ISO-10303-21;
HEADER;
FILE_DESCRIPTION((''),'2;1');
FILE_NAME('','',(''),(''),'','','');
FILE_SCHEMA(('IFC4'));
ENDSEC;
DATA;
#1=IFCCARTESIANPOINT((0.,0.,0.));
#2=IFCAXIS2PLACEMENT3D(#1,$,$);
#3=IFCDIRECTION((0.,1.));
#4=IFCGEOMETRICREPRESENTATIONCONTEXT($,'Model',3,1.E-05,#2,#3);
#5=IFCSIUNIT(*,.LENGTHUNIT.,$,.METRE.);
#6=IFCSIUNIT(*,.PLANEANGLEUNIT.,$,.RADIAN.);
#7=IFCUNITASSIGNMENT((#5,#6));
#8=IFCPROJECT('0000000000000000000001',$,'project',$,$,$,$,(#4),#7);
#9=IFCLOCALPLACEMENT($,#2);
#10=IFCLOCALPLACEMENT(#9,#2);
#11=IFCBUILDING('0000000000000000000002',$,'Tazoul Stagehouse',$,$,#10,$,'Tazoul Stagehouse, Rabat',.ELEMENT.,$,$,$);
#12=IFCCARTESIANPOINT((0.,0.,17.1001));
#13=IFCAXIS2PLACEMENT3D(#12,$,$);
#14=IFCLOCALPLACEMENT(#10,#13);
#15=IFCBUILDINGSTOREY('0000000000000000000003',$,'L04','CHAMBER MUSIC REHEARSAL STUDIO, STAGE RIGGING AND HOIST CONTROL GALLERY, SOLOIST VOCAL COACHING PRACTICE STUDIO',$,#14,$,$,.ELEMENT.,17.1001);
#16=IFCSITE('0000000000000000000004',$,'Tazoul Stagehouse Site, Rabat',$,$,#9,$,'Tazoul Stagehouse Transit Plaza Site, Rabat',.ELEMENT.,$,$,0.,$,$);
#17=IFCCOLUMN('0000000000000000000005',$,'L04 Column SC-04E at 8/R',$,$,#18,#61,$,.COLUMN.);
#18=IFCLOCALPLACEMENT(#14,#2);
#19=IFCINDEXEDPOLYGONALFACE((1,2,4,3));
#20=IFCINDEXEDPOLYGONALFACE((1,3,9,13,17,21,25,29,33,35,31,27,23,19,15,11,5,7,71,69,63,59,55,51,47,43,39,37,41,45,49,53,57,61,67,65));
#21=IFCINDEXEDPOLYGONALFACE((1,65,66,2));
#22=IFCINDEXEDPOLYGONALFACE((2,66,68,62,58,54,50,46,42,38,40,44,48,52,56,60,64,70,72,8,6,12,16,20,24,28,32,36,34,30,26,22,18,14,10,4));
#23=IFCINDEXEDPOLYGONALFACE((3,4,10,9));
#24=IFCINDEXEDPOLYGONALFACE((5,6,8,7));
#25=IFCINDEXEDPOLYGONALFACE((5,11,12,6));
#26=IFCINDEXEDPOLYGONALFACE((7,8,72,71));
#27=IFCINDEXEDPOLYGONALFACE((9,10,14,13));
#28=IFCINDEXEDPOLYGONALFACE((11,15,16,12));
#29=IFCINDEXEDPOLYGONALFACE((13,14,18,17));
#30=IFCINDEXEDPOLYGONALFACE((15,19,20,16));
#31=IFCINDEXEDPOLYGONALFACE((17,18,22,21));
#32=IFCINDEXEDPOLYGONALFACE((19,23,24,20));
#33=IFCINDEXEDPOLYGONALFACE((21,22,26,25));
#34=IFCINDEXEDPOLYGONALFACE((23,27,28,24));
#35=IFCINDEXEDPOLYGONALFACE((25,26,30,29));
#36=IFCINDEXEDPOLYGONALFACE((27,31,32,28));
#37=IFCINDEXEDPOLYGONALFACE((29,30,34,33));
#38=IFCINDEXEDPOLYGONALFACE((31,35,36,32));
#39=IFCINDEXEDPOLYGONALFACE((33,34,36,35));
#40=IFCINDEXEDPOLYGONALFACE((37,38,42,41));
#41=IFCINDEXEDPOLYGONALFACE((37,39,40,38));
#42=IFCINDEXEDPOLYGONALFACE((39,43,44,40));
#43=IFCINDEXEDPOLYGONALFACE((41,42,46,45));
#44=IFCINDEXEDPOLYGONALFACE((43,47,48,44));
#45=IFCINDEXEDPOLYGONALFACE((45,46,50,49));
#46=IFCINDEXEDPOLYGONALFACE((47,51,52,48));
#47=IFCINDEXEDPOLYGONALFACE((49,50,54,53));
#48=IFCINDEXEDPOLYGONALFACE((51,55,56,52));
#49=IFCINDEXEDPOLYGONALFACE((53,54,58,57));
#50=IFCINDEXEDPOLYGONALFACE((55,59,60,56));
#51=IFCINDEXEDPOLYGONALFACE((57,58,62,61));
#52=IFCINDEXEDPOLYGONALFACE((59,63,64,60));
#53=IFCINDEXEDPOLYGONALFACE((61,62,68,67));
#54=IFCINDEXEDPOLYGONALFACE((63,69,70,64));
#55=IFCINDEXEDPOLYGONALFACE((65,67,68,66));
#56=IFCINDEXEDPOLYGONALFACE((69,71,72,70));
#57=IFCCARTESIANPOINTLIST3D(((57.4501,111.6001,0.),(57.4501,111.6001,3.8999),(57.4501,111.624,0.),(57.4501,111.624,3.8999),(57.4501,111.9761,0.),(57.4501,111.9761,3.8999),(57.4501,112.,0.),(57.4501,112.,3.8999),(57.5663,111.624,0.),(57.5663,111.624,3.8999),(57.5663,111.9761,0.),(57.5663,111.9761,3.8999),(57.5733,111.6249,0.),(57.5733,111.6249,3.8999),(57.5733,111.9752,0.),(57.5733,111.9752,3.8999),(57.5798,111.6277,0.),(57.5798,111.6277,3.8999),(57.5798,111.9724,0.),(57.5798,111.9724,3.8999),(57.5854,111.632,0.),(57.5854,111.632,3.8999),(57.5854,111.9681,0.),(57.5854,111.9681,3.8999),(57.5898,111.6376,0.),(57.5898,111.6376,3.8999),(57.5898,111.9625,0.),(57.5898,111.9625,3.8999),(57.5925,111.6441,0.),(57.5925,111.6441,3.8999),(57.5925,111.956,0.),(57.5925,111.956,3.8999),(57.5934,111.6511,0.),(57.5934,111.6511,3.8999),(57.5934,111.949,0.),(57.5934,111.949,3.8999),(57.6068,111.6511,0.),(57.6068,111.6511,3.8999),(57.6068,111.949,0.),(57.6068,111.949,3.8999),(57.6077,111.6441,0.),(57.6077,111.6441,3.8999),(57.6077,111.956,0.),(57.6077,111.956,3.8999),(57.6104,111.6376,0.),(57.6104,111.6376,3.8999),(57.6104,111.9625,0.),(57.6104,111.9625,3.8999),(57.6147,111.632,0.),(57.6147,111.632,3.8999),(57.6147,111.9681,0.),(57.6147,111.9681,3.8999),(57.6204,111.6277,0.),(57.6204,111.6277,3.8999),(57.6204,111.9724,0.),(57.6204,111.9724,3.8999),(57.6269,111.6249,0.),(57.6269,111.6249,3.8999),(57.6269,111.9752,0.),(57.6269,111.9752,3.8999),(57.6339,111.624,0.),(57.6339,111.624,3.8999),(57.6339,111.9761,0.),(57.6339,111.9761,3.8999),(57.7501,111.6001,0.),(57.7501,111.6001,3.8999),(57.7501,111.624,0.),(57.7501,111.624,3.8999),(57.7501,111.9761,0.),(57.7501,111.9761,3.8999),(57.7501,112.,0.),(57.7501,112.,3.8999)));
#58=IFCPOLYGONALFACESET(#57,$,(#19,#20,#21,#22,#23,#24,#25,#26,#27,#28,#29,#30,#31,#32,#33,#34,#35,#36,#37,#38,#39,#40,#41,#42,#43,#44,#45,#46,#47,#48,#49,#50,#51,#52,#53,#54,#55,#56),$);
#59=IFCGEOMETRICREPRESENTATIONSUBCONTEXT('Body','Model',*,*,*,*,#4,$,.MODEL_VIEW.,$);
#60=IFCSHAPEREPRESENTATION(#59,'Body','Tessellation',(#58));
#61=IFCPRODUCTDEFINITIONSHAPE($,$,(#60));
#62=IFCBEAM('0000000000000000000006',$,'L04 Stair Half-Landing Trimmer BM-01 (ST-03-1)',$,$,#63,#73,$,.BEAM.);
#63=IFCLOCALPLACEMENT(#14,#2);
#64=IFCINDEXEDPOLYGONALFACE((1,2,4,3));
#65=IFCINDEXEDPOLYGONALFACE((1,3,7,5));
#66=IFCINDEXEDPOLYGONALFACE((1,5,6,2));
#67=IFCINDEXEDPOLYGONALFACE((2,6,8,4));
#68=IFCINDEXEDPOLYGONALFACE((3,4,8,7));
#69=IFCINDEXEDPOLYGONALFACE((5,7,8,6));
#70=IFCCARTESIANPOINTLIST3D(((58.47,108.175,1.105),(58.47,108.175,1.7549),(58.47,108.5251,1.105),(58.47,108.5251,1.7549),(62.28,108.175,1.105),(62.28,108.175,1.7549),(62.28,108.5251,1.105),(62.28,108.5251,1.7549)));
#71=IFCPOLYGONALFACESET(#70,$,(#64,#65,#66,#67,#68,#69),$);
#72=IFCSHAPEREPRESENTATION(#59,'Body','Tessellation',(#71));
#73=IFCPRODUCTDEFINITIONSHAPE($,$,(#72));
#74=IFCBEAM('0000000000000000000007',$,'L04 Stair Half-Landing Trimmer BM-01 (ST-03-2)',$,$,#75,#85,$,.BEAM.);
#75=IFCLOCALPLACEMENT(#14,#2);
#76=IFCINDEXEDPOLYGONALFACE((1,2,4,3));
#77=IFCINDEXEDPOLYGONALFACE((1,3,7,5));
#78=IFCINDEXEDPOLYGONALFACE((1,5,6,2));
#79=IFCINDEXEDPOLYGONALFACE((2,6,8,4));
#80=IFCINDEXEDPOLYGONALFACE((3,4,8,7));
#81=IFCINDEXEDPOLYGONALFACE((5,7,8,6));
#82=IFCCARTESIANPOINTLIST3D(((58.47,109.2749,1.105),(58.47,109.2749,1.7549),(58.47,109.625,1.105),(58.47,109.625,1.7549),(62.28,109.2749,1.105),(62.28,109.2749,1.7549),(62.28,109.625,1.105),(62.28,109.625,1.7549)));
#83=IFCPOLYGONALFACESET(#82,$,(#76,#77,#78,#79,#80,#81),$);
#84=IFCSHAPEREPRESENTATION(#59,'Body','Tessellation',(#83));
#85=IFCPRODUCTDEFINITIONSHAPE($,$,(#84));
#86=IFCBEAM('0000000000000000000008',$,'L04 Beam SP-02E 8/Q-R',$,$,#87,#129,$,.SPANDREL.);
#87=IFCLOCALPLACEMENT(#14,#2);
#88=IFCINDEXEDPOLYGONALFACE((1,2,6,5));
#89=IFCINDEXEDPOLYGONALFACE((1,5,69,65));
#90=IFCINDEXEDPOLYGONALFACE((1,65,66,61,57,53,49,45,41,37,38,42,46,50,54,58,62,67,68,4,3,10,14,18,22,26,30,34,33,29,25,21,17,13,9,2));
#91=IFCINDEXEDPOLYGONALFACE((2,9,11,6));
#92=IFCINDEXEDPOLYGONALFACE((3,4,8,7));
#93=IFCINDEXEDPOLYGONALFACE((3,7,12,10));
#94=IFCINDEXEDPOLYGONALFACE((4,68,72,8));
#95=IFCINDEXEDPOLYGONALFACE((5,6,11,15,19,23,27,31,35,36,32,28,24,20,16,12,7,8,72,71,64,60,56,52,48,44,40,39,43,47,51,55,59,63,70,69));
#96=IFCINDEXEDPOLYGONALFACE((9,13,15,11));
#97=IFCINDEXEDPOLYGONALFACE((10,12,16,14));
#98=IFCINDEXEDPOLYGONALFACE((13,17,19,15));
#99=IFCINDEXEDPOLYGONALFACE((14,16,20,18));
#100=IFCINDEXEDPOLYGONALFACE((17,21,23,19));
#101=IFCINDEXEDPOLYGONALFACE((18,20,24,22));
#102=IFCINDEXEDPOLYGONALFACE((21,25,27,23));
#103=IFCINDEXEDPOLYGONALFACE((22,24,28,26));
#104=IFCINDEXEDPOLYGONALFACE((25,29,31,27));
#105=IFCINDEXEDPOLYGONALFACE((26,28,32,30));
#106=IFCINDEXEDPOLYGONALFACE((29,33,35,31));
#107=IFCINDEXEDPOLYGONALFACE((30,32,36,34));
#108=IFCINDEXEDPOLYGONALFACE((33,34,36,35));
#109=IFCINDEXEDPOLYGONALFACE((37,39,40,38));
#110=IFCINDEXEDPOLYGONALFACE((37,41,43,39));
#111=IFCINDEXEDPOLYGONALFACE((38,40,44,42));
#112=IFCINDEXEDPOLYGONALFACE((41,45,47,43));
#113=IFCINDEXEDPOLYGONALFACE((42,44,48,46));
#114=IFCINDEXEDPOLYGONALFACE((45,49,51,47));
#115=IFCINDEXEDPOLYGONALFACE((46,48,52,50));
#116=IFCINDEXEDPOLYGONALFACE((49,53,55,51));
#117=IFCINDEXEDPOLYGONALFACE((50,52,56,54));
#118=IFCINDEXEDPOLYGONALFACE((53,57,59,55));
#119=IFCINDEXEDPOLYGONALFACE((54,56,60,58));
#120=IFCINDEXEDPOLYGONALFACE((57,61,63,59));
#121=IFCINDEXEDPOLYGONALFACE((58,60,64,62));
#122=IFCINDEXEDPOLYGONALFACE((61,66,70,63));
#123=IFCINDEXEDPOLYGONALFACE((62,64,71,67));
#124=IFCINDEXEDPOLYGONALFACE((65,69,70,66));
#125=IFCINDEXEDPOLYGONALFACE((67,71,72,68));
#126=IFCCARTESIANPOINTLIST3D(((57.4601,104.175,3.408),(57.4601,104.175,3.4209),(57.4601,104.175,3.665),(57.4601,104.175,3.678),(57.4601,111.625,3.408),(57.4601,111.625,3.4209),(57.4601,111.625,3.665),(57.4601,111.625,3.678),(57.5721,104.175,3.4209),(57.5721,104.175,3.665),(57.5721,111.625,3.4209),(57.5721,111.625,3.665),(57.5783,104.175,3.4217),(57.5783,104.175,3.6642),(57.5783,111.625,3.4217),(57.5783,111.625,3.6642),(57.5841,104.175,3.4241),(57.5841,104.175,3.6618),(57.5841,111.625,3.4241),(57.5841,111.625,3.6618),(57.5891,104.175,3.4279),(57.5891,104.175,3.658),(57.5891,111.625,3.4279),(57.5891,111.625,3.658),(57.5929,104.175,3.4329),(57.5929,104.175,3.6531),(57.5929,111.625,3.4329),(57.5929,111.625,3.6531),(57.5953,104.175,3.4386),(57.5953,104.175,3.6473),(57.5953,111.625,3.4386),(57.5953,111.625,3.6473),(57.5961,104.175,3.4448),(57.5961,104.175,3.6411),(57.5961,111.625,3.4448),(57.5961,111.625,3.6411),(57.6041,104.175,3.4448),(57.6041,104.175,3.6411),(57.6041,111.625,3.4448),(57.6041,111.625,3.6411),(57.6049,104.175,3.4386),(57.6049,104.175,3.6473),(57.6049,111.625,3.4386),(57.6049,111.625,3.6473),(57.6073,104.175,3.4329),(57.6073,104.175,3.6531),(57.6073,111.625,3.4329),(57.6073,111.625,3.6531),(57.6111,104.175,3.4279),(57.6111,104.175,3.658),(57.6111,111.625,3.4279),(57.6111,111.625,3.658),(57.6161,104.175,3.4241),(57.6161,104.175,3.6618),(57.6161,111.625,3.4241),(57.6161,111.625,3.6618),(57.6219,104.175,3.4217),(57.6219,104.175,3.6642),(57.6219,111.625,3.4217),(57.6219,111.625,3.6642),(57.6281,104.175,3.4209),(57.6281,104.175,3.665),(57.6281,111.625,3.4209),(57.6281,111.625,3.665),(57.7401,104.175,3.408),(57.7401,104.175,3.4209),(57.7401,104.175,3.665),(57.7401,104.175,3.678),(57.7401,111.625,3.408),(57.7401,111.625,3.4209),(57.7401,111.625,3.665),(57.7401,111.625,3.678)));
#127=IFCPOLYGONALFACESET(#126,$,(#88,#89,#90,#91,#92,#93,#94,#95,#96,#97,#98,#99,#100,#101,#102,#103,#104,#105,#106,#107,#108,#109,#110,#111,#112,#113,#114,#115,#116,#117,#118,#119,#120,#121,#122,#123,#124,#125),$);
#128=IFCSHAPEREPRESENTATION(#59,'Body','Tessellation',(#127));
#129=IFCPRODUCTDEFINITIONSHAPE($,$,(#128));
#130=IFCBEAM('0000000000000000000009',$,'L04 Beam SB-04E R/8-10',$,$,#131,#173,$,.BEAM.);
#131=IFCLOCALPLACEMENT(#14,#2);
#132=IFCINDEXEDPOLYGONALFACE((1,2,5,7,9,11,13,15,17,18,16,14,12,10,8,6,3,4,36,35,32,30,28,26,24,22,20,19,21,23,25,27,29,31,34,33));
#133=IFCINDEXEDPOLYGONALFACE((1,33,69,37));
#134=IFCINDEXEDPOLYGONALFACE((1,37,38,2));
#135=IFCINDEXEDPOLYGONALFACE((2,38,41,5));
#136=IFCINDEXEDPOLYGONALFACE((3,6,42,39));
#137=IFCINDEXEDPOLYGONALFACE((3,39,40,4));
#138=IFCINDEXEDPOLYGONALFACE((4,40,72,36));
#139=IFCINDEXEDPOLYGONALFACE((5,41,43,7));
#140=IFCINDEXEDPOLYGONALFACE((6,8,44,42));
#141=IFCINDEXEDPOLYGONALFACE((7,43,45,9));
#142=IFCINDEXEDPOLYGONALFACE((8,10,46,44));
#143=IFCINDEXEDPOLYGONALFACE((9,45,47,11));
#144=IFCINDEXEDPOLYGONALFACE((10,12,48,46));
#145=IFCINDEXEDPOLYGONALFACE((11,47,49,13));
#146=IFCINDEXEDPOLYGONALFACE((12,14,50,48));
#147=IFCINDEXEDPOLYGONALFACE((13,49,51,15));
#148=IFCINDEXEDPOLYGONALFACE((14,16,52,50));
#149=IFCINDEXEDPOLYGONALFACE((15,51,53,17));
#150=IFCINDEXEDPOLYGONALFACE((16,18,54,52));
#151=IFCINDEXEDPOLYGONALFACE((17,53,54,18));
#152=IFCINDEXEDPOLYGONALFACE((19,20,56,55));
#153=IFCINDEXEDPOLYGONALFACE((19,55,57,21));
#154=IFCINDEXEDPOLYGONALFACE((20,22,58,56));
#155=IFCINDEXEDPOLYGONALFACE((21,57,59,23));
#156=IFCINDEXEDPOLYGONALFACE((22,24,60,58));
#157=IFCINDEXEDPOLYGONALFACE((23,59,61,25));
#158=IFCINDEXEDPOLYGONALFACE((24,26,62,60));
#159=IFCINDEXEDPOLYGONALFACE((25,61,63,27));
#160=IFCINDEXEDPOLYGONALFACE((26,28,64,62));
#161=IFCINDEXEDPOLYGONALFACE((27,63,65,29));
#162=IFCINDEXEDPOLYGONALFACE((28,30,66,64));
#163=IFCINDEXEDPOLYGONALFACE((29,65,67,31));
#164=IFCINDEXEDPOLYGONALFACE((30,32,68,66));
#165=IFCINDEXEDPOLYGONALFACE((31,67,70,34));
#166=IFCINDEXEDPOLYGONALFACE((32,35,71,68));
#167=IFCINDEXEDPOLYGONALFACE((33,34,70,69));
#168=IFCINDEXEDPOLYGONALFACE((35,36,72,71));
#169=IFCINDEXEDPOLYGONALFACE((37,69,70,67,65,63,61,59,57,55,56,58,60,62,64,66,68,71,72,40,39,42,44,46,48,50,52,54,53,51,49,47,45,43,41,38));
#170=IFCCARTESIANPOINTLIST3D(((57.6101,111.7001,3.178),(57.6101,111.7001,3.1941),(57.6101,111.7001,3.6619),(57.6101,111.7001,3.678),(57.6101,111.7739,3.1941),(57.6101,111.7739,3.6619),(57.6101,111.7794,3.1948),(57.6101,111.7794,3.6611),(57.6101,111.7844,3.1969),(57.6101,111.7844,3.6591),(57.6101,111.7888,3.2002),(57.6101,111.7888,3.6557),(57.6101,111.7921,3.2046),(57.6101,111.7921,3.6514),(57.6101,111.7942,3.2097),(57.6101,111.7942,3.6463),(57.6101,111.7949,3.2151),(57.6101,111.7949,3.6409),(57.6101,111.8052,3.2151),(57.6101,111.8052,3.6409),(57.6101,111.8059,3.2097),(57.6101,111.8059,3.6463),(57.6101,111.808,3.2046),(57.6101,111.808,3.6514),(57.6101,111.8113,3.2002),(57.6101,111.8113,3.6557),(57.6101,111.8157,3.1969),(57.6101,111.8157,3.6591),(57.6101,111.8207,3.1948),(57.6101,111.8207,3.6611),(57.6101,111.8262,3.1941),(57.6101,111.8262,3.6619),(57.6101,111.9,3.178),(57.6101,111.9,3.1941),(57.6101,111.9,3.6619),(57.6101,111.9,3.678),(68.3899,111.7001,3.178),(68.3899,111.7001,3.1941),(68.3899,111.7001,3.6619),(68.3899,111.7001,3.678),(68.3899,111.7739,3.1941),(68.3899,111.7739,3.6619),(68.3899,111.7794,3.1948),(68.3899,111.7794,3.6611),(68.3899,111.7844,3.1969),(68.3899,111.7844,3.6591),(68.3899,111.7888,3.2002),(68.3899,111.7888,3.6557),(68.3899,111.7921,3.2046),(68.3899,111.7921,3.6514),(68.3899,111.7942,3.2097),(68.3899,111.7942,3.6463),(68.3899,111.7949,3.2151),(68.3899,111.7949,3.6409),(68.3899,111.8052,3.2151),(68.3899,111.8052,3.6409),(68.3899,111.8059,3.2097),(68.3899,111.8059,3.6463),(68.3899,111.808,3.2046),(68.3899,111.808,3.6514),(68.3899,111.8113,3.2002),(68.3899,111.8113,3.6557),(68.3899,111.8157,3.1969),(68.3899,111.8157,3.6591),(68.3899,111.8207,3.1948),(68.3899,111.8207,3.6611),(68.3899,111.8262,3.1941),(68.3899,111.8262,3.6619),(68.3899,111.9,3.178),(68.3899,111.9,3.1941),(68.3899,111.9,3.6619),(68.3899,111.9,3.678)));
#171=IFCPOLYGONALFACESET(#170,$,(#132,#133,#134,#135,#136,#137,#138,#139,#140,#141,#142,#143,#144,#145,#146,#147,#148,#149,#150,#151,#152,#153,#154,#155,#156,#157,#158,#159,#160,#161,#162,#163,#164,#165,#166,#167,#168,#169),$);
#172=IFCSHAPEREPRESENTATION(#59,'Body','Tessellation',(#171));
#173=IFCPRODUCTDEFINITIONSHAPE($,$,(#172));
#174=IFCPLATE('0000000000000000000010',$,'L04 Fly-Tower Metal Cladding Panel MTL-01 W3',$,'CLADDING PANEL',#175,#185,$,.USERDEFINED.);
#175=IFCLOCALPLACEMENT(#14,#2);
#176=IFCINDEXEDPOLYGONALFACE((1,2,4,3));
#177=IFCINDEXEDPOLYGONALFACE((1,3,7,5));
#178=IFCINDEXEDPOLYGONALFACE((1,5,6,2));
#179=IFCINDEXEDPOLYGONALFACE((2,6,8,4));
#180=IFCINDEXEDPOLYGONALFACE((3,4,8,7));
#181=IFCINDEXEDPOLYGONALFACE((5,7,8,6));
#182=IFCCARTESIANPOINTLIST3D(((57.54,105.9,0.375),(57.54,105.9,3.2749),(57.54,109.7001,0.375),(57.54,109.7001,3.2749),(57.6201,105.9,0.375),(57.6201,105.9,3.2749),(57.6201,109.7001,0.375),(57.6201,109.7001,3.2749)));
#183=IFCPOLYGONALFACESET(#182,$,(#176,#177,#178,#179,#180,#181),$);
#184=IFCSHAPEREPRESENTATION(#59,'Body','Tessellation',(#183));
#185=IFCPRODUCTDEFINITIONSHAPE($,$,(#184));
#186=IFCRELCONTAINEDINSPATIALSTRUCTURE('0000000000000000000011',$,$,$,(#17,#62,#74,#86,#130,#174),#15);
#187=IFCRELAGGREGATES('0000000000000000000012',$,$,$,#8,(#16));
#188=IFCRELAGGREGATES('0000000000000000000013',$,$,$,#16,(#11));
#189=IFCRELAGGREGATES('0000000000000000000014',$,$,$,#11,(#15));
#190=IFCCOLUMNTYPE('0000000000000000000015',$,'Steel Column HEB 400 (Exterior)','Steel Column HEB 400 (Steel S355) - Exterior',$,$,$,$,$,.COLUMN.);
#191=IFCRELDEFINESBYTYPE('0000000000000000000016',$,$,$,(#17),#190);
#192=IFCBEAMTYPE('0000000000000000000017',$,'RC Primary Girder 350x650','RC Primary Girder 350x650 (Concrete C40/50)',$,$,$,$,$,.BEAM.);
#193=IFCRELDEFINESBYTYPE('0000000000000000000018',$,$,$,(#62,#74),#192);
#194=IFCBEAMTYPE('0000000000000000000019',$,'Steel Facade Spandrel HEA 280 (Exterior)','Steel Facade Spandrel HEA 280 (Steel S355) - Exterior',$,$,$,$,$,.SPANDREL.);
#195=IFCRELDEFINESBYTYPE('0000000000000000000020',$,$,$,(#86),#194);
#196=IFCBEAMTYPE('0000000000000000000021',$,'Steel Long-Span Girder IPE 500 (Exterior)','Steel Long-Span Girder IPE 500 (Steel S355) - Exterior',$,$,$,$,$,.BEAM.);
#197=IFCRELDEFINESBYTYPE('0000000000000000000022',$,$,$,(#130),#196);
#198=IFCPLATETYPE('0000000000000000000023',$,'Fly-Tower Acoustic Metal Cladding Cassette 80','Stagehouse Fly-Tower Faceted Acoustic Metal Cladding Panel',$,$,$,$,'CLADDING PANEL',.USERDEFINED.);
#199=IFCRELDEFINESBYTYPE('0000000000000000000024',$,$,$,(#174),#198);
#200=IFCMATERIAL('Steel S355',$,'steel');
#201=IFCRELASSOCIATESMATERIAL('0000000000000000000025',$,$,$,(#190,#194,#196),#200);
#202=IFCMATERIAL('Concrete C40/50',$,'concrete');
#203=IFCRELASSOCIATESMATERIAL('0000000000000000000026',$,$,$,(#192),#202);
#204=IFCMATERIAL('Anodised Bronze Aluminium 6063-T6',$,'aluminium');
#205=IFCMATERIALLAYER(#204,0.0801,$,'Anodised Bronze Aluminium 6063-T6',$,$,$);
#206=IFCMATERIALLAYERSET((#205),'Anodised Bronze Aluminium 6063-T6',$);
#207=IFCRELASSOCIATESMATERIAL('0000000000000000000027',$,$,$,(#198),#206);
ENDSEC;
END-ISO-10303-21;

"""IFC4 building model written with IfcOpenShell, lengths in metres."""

from ifc_helpers import new_model, si_unit, direction, frame, origin, origin_2d, place, context, subcontext, project, spatial, rectangle, i_section, extrude, material, layer, layer_set, material_profile, profile_set, type_object, element, save


model = new_model("IFC4")

# Units and contexts
model_context = context("Model", 3, precision=1e-05, world=origin(), true_north=direction((0.0, 1.0)))
body_context = subcontext(model_context, "Body", "Model", "MODEL_VIEW")
ifc_project = project(units=[si_unit("LENGTHUNIT", "METRE"), si_unit("PLANEANGLEUNIT", "RADIAN")], contexts=[model_context])

# Site, building, storey
site_placement = place(None, origin())
site = spatial("IfcSite", under=ifc_project, at=site_placement, Name="Tazoul Stagehouse Site, Rabat", LongName="Tazoul Stagehouse Transit Plaza Site, Rabat", CompositionType="ELEMENT", RefElevation=0.0)
building_placement = place(site_placement, origin())
building = spatial("IfcBuilding", under=site, at=building_placement, Name="Tazoul Stagehouse", LongName="Tazoul Stagehouse, Rabat", CompositionType="ELEMENT")
storey_placement = place(building_placement, frame((0.0, 0.0, 17.1001)))
storey = spatial("IfcBuildingStorey", under=building, at=storey_placement, Name="L04", Description="CHAMBER MUSIC REHEARSAL STUDIO, STAGE RIGGING AND HOIST CONTROL GALLERY, SOLOIST VOCAL COACHING PRACTICE STUDIO", CompositionType="ELEMENT", Elevation=17.1001)

# Column
ifc_material_1 = material(Name="Steel S355", Category="steel")
ifc_material_profile_1 = material_profile(ifc_material_1, i_section(OverallWidth=0.3, OverallDepth=0.3999, WebThickness=0.0134, FlangeThickness=0.0239, FilletRadius=0.0271, at=origin_2d()), Name="HEB 400")
ifc_profile_set_1 = profile_set([ifc_material_profile_1], Name="Steel S355")
column_type = type_object("IfcColumnType", Name="Steel Column HEB 400 (Exterior)", Description="Steel Column HEB 400 (Steel S355) - Exterior", PredefinedType="COLUMN", material=ifc_profile_set_1)
column_placement = place(storey_placement, frame((57.6001, 111.8, 0.0), z_axis=(0.0, 0.0, 1.0), x_axis=(1.0, 0.0, 0.0)))
element("IfcColumn", 1, at=column_placement, inside=storey, type_object=column_type, Name="L04 Column SC-04E at 8/R", PredefinedType="COLUMN", context=body_context, shape_type="SweptSolid", body=[
    extrude(i_section(OverallWidth=0.3, OverallDepth=0.3999, WebThickness=0.0134, FlangeThickness=0.0239, FilletRadius=0.0271, at=origin_2d()), origin(), (0.0, 0.0, 1.0), 3.8999),
])

# Beams
ifc_material_2 = material(Name="Concrete C40/50", Category="concrete")
ifc_material_profile_2 = material_profile(ifc_material_2, rectangle(XDim=0.3501, YDim=0.6499, at=origin_2d()), Name="RC 350x650")
ifc_profile_set_2 = profile_set([ifc_material_profile_2], Name="Concrete C40/50")
beam_type_1 = type_object("IfcBeamType", Name="RC Primary Girder 350x650", Description="RC Primary Girder 350x650 (Concrete C40/50)", PredefinedType="BEAM", material=ifc_profile_set_2)
for number, where, z_axis, x_axis, name in (
    (2, (58.47, 108.3501, 1.4299), (1.0, 0.0, 0.0), (0.0, 1.0, 0.0), "L04 Stair Half-Landing Trimmer BM-01 (ST-03-1)"),
    (3, (58.47, 109.45, 1.4299), (1.0, 0.0, 0.0), (0.0, 1.0, 0.0), "L04 Stair Half-Landing Trimmer BM-01 (ST-03-2)"),
):
    element("IfcBeam", number, at=place(storey_placement, frame(where, z_axis=z_axis, x_axis=x_axis)), inside=storey, type_object=beam_type_1, Name=name, PredefinedType="BEAM", context=body_context, shape_type="SweptSolid", body=[
        extrude(rectangle(XDim=0.3501, YDim=0.6499, at=origin_2d()), origin(), (0.0, 0.0, 1.0), 3.8101),
    ])
ifc_material_profile_3 = material_profile(ifc_material_1, i_section(OverallWidth=0.28, OverallDepth=0.27, WebThickness=0.0081, FlangeThickness=0.0129, FilletRadius=0.0239, at=origin_2d()), Name="HEA 280")
ifc_profile_set_3 = profile_set([ifc_material_profile_3], Name="Steel S355")
beam_type_2 = type_object("IfcBeamType", Name="Steel Facade Spandrel HEA 280 (Exterior)", Description="Steel Facade Spandrel HEA 280 (Steel S355) - Exterior", PredefinedType="SPANDREL", material=ifc_profile_set_3)
beam_1_placement = place(storey_placement, frame((57.6001, 104.175, 3.543), z_axis=(0.0, 1.0, 0.0), x_axis=(-1.0, 0.0, 0.0)))
element("IfcBeam", 4, at=beam_1_placement, inside=storey, type_object=beam_type_2, Name="L04 Beam SP-02E 8/Q-R", PredefinedType="SPANDREL", context=body_context, shape_type="SweptSolid", body=[
    extrude(i_section(OverallWidth=0.28, OverallDepth=0.27, WebThickness=0.0081, FlangeThickness=0.0129, FilletRadius=0.0239, at=origin_2d()), origin(), (0.0, 0.0, 1.0), 7.45),
])
ifc_material_profile_4 = material_profile(ifc_material_1, i_section(OverallWidth=0.2, OverallDepth=0.5, WebThickness=0.0103, FlangeThickness=0.0161, FilletRadius=0.021, at=origin_2d()), Name="IPE 500")
ifc_profile_set_4 = profile_set([ifc_material_profile_4], Name="Steel S355")
beam_type_3 = type_object("IfcBeamType", Name="Steel Long-Span Girder IPE 500 (Exterior)", Description="Steel Long-Span Girder IPE 500 (Steel S355) - Exterior", PredefinedType="BEAM", material=ifc_profile_set_4)
beam_2_placement = place(storey_placement, frame((57.6101, 111.8, 3.428), z_axis=(1.0, 0.0, 0.0), x_axis=(0.0, 1.0, 0.0)))
element("IfcBeam", 5, at=beam_2_placement, inside=storey, type_object=beam_type_3, Name="L04 Beam SB-04E R/8-10", PredefinedType="BEAM", context=body_context, shape_type="SweptSolid", body=[
    extrude(i_section(OverallWidth=0.2, OverallDepth=0.5, WebThickness=0.0103, FlangeThickness=0.0161, FilletRadius=0.021, at=origin_2d()), origin(), (0.0, 0.0, 1.0), 10.7798),
])

# Plate
ifc_material_3 = material(Name="Anodised Bronze Aluminium 6063-T6", Category="aluminium")
ifc_layer_1 = layer(ifc_material_3, 0.0801, Name="Anodised Bronze Aluminium 6063-T6")
ifc_layer_set_1 = layer_set([ifc_layer_1], Name="Anodised Bronze Aluminium 6063-T6")
plate_type = type_object("IfcPlateType", Name="Fly-Tower Acoustic Metal Cladding Cassette 80", Description="Stagehouse Fly-Tower Faceted Acoustic Metal Cladding Panel", ElementType="CLADDING PANEL", PredefinedType="USERDEFINED", material=ifc_layer_set_1)
plate_1_placement = place(storey_placement, frame((57.5801, 107.8, 0.375), z_axis=(0.0, 0.0, 1.0), x_axis=(0.0, 1.0, 0.0)))
element("IfcPlate", 6, at=plate_1_placement, inside=storey, type_object=plate_type, Name="L04 Fly-Tower Metal Cladding Panel MTL-01 W3", ObjectType="CLADDING PANEL", PredefinedType="USERDEFINED", context=body_context, shape_type="SweptSolid", body=[
    extrude(rectangle(XDim=3.8, YDim=0.0801, at=origin_2d()), origin(), (0.0, 0.0, 1.0), 2.8999),
])

save(model, "model.ifc")
